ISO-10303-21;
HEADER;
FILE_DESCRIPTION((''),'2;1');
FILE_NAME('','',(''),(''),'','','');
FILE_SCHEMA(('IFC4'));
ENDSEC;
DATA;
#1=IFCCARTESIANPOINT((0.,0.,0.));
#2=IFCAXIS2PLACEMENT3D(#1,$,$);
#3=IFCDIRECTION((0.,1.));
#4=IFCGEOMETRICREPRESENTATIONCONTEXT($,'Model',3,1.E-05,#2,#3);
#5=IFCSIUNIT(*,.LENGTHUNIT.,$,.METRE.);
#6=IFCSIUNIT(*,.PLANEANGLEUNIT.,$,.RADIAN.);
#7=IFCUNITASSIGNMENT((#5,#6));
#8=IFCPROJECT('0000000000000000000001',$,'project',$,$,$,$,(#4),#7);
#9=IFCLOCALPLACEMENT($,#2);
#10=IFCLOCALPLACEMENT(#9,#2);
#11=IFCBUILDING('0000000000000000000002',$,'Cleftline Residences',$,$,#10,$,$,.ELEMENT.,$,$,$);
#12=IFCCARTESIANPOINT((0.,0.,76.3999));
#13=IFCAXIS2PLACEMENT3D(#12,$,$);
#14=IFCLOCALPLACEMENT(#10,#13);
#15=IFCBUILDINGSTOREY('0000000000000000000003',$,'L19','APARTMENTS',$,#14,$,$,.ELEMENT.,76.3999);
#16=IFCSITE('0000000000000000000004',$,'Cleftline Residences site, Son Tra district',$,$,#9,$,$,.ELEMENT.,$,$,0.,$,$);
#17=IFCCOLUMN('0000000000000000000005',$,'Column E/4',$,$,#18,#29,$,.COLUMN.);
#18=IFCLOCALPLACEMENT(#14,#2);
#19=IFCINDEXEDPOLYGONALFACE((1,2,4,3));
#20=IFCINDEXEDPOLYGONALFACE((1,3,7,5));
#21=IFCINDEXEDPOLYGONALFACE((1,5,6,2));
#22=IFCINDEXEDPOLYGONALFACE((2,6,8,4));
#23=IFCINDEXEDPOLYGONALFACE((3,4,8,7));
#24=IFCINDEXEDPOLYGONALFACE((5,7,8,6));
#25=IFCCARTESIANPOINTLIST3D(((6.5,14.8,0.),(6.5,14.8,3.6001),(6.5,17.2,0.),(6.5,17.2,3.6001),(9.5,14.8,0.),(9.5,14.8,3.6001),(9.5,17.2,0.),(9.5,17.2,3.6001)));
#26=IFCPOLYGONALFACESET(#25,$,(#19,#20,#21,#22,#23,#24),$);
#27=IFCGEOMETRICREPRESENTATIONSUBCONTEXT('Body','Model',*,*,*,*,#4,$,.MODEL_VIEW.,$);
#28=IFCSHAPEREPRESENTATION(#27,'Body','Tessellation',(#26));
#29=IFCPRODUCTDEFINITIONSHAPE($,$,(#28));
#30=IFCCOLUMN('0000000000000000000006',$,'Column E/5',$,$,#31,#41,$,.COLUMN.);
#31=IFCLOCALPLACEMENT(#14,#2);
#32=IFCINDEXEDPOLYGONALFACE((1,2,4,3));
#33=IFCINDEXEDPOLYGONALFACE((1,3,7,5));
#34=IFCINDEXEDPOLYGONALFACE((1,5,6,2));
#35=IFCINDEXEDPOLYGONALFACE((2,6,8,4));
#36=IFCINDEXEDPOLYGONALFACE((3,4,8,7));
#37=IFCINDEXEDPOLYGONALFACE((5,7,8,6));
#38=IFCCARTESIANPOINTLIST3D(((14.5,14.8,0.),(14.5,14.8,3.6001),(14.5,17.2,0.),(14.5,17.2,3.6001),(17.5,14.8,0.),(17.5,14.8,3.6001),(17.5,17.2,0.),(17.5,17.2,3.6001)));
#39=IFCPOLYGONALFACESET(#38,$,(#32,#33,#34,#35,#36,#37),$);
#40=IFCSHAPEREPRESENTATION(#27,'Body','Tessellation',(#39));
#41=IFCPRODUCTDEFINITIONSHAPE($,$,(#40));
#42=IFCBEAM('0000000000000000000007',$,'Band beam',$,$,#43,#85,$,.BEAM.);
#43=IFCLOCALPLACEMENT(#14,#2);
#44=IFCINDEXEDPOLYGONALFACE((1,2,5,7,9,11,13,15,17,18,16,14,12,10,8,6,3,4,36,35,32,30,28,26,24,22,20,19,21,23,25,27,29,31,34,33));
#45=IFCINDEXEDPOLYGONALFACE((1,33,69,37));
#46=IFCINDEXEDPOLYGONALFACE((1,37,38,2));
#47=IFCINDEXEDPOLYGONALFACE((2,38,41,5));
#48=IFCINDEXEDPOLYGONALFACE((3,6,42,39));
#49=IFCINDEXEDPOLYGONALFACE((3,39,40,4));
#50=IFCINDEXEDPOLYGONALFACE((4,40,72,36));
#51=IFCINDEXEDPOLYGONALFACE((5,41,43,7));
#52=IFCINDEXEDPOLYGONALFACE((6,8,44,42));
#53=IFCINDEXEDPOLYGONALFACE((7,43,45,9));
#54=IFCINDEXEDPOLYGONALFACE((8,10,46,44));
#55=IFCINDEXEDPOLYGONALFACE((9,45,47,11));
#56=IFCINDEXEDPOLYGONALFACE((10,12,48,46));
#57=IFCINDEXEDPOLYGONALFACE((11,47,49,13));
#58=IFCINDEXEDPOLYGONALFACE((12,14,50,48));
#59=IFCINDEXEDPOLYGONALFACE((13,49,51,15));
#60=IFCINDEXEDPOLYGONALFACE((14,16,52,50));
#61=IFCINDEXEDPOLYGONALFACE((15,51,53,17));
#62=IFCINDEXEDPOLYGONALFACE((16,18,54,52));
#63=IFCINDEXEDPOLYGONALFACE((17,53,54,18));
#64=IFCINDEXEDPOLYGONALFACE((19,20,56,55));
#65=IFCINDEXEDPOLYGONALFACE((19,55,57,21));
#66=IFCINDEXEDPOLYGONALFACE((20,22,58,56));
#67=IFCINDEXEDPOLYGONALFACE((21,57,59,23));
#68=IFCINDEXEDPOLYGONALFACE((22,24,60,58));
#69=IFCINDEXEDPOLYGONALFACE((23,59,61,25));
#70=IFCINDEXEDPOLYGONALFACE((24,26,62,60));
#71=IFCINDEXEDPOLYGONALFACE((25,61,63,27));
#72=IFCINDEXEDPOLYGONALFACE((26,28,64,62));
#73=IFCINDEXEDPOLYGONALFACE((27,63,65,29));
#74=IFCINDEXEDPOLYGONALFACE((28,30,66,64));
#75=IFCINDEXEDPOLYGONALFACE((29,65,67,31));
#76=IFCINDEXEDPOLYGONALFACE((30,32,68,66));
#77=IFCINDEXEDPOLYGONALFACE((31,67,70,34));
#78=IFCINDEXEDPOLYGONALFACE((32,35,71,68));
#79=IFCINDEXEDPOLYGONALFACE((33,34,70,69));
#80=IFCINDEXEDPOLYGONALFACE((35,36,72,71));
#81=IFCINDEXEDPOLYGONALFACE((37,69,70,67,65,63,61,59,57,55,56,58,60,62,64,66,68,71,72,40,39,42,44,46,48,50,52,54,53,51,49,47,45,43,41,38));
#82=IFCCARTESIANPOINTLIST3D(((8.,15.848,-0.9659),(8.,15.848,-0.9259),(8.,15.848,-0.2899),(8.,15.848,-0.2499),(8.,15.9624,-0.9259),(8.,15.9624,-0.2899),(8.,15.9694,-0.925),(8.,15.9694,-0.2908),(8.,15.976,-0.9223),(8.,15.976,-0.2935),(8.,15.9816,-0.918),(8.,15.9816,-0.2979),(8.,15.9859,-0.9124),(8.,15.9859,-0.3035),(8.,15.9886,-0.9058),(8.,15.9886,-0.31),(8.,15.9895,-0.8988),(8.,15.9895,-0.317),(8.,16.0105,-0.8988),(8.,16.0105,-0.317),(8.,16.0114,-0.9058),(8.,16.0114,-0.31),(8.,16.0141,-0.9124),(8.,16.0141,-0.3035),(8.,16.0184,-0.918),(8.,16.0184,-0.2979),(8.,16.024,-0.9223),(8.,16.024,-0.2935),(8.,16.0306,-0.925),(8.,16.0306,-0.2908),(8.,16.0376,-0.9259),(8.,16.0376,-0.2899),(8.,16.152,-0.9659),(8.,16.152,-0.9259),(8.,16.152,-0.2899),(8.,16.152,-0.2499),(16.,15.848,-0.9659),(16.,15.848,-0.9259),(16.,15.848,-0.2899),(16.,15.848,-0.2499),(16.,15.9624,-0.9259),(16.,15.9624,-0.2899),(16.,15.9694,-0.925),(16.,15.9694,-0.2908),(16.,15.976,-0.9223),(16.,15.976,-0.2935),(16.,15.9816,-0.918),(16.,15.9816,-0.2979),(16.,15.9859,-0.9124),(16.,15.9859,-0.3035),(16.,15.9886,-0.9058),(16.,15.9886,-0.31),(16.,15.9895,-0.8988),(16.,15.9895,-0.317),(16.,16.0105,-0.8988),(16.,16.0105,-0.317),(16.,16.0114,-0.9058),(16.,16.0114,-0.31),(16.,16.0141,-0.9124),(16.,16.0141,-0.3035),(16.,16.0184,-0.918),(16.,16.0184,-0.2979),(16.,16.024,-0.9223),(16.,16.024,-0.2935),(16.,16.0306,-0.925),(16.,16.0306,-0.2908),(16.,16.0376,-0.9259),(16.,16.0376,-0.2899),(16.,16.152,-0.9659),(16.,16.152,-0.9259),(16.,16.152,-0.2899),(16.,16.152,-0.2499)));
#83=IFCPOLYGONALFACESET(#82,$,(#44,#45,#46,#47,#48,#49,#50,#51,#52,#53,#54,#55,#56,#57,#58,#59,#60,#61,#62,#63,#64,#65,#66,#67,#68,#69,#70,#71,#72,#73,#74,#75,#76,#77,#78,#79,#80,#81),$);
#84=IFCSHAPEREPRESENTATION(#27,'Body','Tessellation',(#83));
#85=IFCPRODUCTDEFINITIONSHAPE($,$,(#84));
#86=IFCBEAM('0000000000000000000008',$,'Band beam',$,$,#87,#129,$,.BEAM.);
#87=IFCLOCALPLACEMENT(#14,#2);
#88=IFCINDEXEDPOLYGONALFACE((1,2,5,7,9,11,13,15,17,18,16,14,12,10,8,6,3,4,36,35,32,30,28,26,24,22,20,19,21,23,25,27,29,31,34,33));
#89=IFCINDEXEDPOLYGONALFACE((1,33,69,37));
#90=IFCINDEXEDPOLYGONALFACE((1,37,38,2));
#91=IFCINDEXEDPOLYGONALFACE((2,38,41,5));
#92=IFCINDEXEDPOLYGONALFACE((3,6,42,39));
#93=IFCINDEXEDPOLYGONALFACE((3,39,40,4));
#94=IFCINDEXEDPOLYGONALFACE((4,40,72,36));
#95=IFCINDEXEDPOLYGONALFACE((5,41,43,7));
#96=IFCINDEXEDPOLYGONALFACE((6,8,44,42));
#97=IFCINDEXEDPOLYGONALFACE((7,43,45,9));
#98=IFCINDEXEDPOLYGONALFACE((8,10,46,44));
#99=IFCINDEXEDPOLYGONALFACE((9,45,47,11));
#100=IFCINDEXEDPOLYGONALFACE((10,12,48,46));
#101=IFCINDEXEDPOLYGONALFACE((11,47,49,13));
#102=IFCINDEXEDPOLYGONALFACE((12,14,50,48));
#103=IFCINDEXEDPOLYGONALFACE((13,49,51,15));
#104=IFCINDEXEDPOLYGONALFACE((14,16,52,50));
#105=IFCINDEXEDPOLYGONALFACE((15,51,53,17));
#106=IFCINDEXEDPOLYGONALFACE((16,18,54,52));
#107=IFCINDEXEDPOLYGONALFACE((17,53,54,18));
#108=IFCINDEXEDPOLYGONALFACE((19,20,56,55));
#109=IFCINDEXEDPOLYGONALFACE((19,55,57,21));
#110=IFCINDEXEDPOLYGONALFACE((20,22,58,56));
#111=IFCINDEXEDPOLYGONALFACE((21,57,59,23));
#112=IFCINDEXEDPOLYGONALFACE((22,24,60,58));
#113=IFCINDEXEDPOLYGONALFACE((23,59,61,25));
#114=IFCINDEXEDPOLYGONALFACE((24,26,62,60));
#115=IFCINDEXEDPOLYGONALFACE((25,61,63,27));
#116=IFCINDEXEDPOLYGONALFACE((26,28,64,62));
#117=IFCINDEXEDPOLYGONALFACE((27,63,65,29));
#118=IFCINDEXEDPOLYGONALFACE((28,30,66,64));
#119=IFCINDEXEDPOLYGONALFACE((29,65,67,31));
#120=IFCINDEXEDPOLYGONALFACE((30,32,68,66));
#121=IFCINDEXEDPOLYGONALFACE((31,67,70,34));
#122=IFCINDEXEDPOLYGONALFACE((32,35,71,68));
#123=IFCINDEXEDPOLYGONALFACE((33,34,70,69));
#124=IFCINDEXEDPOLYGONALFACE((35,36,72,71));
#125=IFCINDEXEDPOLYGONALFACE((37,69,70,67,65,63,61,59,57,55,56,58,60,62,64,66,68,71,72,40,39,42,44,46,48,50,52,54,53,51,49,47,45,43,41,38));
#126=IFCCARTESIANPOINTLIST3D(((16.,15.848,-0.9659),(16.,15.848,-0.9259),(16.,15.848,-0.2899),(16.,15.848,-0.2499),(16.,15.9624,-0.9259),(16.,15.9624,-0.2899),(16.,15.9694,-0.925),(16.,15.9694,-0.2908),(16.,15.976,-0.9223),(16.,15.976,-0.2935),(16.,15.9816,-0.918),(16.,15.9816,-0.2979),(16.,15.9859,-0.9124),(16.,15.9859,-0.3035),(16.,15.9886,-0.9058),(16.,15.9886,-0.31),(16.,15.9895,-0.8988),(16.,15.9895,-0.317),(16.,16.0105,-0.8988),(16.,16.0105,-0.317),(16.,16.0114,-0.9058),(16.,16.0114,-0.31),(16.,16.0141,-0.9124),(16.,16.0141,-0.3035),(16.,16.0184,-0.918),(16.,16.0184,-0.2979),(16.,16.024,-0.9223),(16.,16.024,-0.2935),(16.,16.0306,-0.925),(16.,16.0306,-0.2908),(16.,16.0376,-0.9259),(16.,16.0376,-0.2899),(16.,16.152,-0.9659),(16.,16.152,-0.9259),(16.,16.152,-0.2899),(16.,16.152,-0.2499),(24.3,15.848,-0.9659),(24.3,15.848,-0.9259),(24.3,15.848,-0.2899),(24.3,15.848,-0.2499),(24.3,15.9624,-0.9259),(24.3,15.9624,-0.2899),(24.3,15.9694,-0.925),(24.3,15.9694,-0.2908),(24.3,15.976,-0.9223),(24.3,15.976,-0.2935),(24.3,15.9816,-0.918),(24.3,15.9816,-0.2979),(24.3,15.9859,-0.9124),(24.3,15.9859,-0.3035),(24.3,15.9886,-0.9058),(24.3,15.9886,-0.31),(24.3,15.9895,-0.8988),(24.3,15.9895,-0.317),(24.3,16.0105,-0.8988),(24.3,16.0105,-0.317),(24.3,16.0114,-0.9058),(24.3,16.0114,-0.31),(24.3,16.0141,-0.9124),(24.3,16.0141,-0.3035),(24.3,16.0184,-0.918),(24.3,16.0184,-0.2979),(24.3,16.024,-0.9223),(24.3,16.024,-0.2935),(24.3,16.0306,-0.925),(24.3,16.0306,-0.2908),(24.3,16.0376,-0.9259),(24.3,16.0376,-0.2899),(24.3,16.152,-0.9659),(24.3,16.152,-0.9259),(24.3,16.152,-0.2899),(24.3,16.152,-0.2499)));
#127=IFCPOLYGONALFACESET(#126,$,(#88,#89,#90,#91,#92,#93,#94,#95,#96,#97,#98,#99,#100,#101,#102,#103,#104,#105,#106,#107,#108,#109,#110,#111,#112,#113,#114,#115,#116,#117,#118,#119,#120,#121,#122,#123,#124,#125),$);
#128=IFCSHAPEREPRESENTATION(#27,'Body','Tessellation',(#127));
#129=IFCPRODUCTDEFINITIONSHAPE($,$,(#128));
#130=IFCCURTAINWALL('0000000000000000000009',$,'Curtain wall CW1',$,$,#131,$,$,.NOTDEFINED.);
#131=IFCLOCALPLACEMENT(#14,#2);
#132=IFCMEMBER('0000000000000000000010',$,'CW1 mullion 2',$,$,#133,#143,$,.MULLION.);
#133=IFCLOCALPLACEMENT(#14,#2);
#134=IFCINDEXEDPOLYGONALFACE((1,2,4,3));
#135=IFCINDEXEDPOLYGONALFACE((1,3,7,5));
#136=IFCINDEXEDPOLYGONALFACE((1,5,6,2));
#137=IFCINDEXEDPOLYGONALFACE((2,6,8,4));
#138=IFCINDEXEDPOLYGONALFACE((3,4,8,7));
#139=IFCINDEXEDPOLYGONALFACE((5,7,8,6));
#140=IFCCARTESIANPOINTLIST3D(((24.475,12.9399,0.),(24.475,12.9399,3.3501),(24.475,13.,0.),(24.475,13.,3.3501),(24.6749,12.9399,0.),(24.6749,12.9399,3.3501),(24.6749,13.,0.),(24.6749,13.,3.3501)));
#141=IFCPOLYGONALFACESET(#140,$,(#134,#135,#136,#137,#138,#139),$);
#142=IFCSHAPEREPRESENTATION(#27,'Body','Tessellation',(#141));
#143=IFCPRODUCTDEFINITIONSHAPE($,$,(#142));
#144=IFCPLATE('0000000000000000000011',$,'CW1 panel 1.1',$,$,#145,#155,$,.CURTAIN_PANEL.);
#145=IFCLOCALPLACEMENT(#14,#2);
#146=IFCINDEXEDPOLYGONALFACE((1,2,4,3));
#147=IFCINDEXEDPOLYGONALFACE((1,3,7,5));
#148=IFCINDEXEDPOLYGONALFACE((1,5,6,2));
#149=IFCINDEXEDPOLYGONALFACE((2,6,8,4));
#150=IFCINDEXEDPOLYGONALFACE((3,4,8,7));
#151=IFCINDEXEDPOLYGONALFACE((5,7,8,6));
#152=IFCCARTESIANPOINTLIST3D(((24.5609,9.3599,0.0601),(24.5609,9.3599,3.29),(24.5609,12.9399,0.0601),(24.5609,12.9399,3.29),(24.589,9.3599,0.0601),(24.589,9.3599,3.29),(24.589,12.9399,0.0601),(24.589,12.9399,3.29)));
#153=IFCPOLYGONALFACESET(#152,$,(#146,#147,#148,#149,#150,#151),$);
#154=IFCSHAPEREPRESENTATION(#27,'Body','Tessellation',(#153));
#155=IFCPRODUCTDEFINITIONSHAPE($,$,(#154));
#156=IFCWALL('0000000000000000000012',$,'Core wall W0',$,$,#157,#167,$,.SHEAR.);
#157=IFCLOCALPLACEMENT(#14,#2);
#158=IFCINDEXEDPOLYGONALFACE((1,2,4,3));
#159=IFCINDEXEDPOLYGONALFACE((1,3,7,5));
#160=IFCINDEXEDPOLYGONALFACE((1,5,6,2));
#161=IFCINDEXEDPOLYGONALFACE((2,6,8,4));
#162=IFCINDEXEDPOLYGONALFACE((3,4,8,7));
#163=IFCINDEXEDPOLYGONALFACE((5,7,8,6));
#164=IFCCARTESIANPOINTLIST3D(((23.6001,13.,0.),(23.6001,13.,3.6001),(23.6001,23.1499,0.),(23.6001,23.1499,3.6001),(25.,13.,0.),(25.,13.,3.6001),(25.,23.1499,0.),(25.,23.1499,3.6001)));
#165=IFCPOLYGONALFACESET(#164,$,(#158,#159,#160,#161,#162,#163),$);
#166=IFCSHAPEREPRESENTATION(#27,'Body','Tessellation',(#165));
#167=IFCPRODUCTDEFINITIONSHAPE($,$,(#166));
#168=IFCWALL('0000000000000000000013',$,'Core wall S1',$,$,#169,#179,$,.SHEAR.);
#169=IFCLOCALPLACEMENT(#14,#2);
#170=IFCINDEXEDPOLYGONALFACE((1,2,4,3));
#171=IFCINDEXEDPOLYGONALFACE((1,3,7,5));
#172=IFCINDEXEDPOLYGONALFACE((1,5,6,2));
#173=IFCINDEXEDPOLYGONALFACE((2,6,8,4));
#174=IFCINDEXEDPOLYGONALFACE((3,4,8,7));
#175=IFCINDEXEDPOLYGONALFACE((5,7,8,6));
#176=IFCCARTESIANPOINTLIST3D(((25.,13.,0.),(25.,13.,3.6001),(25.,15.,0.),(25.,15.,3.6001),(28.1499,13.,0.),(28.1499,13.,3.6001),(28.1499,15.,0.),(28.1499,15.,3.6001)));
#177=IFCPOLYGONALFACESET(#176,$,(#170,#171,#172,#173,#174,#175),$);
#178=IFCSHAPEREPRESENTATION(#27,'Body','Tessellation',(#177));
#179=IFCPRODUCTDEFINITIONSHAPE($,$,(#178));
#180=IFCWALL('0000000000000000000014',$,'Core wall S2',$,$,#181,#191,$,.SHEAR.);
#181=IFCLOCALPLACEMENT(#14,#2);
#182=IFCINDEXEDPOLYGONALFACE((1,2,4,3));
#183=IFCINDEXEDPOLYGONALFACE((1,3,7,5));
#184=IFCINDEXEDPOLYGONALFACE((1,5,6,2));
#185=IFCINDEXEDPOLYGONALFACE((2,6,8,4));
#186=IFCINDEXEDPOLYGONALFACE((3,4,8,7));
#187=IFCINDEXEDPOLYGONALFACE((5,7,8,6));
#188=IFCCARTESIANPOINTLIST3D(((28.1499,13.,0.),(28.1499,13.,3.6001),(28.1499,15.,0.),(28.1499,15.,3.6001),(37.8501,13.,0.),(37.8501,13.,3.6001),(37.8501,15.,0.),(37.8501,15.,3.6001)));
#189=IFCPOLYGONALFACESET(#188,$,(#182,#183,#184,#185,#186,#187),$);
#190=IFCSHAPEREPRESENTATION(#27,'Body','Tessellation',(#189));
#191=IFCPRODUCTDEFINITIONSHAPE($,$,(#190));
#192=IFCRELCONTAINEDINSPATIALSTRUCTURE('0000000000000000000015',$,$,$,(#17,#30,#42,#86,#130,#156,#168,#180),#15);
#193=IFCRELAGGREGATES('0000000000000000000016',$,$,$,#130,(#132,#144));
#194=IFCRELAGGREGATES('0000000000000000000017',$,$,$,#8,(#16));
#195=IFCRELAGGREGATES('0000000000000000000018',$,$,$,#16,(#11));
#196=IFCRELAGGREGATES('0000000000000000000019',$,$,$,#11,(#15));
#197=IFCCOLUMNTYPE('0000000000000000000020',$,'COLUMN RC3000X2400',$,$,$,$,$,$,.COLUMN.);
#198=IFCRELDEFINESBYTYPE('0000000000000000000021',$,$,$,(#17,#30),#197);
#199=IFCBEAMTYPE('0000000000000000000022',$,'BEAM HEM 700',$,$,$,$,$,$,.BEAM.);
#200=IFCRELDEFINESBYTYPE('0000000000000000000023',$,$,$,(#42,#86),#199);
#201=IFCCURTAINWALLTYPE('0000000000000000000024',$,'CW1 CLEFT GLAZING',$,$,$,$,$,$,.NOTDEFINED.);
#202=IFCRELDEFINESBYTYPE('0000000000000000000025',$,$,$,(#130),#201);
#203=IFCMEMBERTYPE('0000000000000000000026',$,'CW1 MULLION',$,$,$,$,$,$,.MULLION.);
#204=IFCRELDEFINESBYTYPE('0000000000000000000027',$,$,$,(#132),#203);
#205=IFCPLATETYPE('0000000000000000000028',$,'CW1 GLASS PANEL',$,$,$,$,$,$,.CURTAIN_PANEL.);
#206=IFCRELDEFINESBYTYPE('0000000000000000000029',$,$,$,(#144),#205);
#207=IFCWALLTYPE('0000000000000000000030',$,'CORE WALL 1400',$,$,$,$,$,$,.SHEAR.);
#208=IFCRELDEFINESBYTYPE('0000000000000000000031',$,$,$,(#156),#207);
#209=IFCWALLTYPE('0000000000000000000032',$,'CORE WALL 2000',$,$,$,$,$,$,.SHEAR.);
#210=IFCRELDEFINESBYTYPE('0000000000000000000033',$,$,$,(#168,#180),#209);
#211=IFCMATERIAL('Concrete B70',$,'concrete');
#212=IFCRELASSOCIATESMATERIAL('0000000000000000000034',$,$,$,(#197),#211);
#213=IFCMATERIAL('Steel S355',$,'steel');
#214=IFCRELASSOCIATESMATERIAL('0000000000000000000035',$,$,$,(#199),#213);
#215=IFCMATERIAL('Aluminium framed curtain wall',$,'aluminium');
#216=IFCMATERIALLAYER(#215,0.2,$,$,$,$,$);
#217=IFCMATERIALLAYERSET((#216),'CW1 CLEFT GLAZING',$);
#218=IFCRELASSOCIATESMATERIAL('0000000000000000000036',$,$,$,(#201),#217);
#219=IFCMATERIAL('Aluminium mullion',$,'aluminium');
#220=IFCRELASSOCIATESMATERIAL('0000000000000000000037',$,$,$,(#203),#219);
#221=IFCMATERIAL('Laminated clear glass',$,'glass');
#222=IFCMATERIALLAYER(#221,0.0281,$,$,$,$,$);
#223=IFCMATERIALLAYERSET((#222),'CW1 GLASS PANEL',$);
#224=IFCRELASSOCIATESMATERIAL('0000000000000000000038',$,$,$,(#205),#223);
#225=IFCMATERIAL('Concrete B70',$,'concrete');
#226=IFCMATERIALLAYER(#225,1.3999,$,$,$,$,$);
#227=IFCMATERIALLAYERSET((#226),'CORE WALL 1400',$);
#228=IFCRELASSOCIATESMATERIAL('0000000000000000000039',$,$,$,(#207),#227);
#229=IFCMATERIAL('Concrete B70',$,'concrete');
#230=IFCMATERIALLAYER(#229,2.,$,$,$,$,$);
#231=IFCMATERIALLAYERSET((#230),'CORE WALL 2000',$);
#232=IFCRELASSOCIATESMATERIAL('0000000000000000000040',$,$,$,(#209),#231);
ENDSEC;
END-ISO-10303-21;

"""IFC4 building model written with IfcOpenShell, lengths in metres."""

from ifc_helpers import new_model, si_unit, direction, frame, frame_2d, origin, origin_2d, place, context, subcontext, project, spatial, rectangle, i_section, extrude, material, layer, layer_set, material_profile, profile_set, type_object, element, aggregate, save


model = new_model("IFC4")

# Units and contexts
model_context = context("Model", 3, precision=1e-05, world=origin(), true_north=direction((0.0, 1.0)))
body_context = subcontext(model_context, "Body", "Model", "MODEL_VIEW")
ifc_project = project(units=[si_unit("LENGTHUNIT", "METRE"), si_unit("PLANEANGLEUNIT", "RADIAN")], contexts=[model_context])

# Site, building, storey
site_placement = place(None, origin())
site = spatial("IfcSite", under=ifc_project, at=site_placement, Name="Cleftline Residences site, Son Tra district", CompositionType="ELEMENT", RefElevation=0.0)
building_placement = place(site_placement, origin())
building = spatial("IfcBuilding", under=site, at=building_placement, Name="Cleftline Residences", CompositionType="ELEMENT")
storey_placement = place(building_placement, frame((0.0, 0.0, 76.3999)))
storey = spatial("IfcBuildingStorey", under=building, at=storey_placement, Name="L19", Description="APARTMENTS", CompositionType="ELEMENT", Elevation=76.3999)

# Columns
ifc_material_1 = material(Name="Concrete B70", Category="concrete")
ifc_material_profile_1 = material_profile(ifc_material_1, rectangle(XDim=3.0, YDim=2.3999, at=origin_2d()))
ifc_profile_set_1 = profile_set([ifc_material_profile_1], Name="Concrete B70")
column_type = type_object("IfcColumnType", Name="COLUMN RC3000X2400", PredefinedType="COLUMN", material=ifc_profile_set_1)
for number, where, z_axis, x_axis, name in (
    (1, (8.0, 16.0, 0.0), (0.0, 0.0, 1.0), (1.0, 0.0, 0.0), "Column E/4"),
    (2, (16.0, 16.0, 0.0), (0.0, 0.0, 1.0), (1.0, 0.0, 0.0), "Column E/5"),
):
    element("IfcColumn", number, at=place(storey_placement, frame(where, z_axis=z_axis, x_axis=x_axis)), inside=storey, type_object=column_type, Name=name, PredefinedType="COLUMN", context=body_context, shape_type="SweptSolid", body=[
        extrude(rectangle(XDim=3.0, YDim=2.3999, at=origin_2d()), origin(), (0.0, 0.0, 1.0), 3.6001),
    ])

# Beams
ifc_material_2 = material(Name="Steel S355", Category="steel")
ifc_material_profile_2 = material_profile(ifc_material_2, i_section(OverallWidth=0.304, OverallDepth=0.7161, WebThickness=0.021, FlangeThickness=0.04, FilletRadius=0.0271, at=origin_2d()))
ifc_profile_set_2 = profile_set([ifc_material_profile_2], Name="Steel S355")
beam_type = type_object("IfcBeamType", Name="BEAM HEM 700", PredefinedType="BEAM", material=ifc_profile_set_2)
beam_1_placement = place(storey_placement, frame((8.0, 16.0, -0.6079), z_axis=(1.0, 0.0, 0.0), x_axis=(0.0, 1.0, 0.0)))
element("IfcBeam", 3, at=beam_1_placement, inside=storey, type_object=beam_type, Name="Band beam", PredefinedType="BEAM", context=body_context, shape_type="SweptSolid", body=[
    extrude(i_section(OverallWidth=0.304, OverallDepth=0.7161, WebThickness=0.021, FlangeThickness=0.04, FilletRadius=0.0271, at=origin_2d()), origin(), (0.0, 0.0, 1.0), 8.0),
])
beam_2_placement = place(storey_placement, frame((16.0, 16.0, -0.6079), z_axis=(1.0, 0.0, 0.0), x_axis=(0.0, 1.0, 0.0)))
element("IfcBeam", 4, at=beam_2_placement, inside=storey, type_object=beam_type, Name="Band beam", PredefinedType="BEAM", context=body_context, shape_type="SweptSolid", body=[
    extrude(i_section(OverallWidth=0.304, OverallDepth=0.7161, WebThickness=0.021, FlangeThickness=0.04, FilletRadius=0.0271, at=origin_2d()), origin(), (0.0, 0.0, 1.0), 8.3),
])

# Curtain wall, member, plate
ifc_material_3 = material(Name="Aluminium framed curtain wall", Category="aluminium")
ifc_layer_1 = layer(ifc_material_3, 0.2)
ifc_layer_set_1 = layer_set([ifc_layer_1], Name="CW1 CLEFT GLAZING")
curtain_wall_type = type_object("IfcCurtainWallType", Name="CW1 CLEFT GLAZING", PredefinedType="NOTDEFINED", material=ifc_layer_set_1)
curtain_wall_placement = place(storey_placement, origin())
curtain_wall = element("IfcCurtainWall", 5, at=curtain_wall_placement, inside=storey, type_object=curtain_wall_type, Name="Curtain wall CW1", PredefinedType="NOTDEFINED")
ifc_material_4 = material(Name="Aluminium mullion", Category="aluminium")
ifc_material_profile_3 = material_profile(ifc_material_4, rectangle(XDim=0.2, YDim=0.0601, at=origin_2d()))
ifc_profile_set_3 = profile_set([ifc_material_profile_3], Name="Aluminium mullion")
member_type = type_object("IfcMemberType", Name="CW1 MULLION", PredefinedType="MULLION", material=ifc_profile_set_3)
member_placement = place(storey_placement, frame((24.575, 12.97, 0.0), z_axis=(0.0, 0.0, 1.0), x_axis=(-1.0, 0.0, 0.0)))
member = element("IfcMember", 6, at=member_placement, type_object=member_type, Name="CW1 mullion 2", PredefinedType="MULLION", context=body_context, shape_type="SweptSolid", body=[
    extrude(rectangle(XDim=0.2, YDim=0.0601, at=origin_2d()), origin(), (0.0, 0.0, 1.0), 3.3501),
])
ifc_material_5 = material(Name="Laminated clear glass", Category="glass")
ifc_layer_2 = layer(ifc_material_5, 0.0281)
ifc_layer_set_2 = layer_set([ifc_layer_2], Name="CW1 GLASS PANEL")
plate_type = type_object("IfcPlateType", Name="CW1 GLASS PANEL", PredefinedType="CURTAIN_PANEL", material=ifc_layer_set_2)
plate_placement = place(storey_placement, frame((24.575, 11.1499, 0.0601), z_axis=(0.0, 0.0, 1.0), x_axis=(0.0, 1.0, 0.0)))
plate = element("IfcPlate", 7, at=plate_placement, type_object=plate_type, Name="CW1 panel 1.1", PredefinedType="CURTAIN_PANEL", context=body_context, shape_type="SweptSolid", body=[
    extrude(rectangle(XDim=3.5801, YDim=0.0281, at=origin_2d()), origin(), (0.0, 0.0, 1.0), 3.23),
])
aggregate(curtain_wall, [member, plate])

# Walls
ifc_material_6 = material(Name="Concrete B70", Category="concrete")
ifc_layer_3 = layer(ifc_material_6, 1.3999)
ifc_layer_set_3 = layer_set([ifc_layer_3], Name="CORE WALL 1400")
wall_type_1 = type_object("IfcWallType", Name="CORE WALL 1400", PredefinedType="SHEAR", material=ifc_layer_set_3)
wall_1_placement = place(storey_placement, frame((24.3, 13.0, 0.0), z_axis=(0.0, 0.0, 1.0), x_axis=(0.0, 1.0, 0.0)))
element("IfcWall", 8, at=wall_1_placement, inside=storey, type_object=wall_type_1, Name="Core wall W0", PredefinedType="SHEAR", context=body_context, shape_type="SweptSolid", body=[
    extrude(rectangle(XDim=10.1499, YDim=1.3999, at=frame_2d((5.075, 0.0))), origin(), (0.0, 0.0, 1.0), 3.6001),
])
ifc_material_7 = material(Name="Concrete B70", Category="concrete")
ifc_layer_4 = layer(ifc_material_7, 2.0)
ifc_layer_set_4 = layer_set([ifc_layer_4], Name="CORE WALL 2000")
wall_type_2 = type_object("IfcWallType", Name="CORE WALL 2000", PredefinedType="SHEAR", material=ifc_layer_set_4)
wall_2_placement = place(storey_placement, frame((25.0, 14.0, 0.0), z_axis=(0.0, 0.0, 1.0), x_axis=(1.0, 0.0, 0.0)))
element("IfcWall", 9, at=wall_2_placement, inside=storey, type_object=wall_type_2, Name="Core wall S1", PredefinedType="SHEAR", context=body_context, shape_type="SweptSolid", body=[
    extrude(rectangle(XDim=3.1499, YDim=2.0, at=frame_2d((1.575, 0.0))), origin(), (0.0, 0.0, 1.0), 3.6001),
])
wall_3_placement = place(storey_placement, frame((28.1499, 14.0, 0.0), z_axis=(0.0, 0.0, 1.0), x_axis=(1.0, 0.0, 0.0)))
element("IfcWall", 10, at=wall_3_placement, inside=storey, type_object=wall_type_2, Name="Core wall S2", PredefinedType="SHEAR", context=body_context, shape_type="SweptSolid", body=[
    extrude(rectangle(XDim=9.7002, YDim=2.0, at=frame_2d((4.8501, 0.0))), origin(), (0.0, 0.0, 1.0), 3.6001),
])

save(model, "model.ifc")
